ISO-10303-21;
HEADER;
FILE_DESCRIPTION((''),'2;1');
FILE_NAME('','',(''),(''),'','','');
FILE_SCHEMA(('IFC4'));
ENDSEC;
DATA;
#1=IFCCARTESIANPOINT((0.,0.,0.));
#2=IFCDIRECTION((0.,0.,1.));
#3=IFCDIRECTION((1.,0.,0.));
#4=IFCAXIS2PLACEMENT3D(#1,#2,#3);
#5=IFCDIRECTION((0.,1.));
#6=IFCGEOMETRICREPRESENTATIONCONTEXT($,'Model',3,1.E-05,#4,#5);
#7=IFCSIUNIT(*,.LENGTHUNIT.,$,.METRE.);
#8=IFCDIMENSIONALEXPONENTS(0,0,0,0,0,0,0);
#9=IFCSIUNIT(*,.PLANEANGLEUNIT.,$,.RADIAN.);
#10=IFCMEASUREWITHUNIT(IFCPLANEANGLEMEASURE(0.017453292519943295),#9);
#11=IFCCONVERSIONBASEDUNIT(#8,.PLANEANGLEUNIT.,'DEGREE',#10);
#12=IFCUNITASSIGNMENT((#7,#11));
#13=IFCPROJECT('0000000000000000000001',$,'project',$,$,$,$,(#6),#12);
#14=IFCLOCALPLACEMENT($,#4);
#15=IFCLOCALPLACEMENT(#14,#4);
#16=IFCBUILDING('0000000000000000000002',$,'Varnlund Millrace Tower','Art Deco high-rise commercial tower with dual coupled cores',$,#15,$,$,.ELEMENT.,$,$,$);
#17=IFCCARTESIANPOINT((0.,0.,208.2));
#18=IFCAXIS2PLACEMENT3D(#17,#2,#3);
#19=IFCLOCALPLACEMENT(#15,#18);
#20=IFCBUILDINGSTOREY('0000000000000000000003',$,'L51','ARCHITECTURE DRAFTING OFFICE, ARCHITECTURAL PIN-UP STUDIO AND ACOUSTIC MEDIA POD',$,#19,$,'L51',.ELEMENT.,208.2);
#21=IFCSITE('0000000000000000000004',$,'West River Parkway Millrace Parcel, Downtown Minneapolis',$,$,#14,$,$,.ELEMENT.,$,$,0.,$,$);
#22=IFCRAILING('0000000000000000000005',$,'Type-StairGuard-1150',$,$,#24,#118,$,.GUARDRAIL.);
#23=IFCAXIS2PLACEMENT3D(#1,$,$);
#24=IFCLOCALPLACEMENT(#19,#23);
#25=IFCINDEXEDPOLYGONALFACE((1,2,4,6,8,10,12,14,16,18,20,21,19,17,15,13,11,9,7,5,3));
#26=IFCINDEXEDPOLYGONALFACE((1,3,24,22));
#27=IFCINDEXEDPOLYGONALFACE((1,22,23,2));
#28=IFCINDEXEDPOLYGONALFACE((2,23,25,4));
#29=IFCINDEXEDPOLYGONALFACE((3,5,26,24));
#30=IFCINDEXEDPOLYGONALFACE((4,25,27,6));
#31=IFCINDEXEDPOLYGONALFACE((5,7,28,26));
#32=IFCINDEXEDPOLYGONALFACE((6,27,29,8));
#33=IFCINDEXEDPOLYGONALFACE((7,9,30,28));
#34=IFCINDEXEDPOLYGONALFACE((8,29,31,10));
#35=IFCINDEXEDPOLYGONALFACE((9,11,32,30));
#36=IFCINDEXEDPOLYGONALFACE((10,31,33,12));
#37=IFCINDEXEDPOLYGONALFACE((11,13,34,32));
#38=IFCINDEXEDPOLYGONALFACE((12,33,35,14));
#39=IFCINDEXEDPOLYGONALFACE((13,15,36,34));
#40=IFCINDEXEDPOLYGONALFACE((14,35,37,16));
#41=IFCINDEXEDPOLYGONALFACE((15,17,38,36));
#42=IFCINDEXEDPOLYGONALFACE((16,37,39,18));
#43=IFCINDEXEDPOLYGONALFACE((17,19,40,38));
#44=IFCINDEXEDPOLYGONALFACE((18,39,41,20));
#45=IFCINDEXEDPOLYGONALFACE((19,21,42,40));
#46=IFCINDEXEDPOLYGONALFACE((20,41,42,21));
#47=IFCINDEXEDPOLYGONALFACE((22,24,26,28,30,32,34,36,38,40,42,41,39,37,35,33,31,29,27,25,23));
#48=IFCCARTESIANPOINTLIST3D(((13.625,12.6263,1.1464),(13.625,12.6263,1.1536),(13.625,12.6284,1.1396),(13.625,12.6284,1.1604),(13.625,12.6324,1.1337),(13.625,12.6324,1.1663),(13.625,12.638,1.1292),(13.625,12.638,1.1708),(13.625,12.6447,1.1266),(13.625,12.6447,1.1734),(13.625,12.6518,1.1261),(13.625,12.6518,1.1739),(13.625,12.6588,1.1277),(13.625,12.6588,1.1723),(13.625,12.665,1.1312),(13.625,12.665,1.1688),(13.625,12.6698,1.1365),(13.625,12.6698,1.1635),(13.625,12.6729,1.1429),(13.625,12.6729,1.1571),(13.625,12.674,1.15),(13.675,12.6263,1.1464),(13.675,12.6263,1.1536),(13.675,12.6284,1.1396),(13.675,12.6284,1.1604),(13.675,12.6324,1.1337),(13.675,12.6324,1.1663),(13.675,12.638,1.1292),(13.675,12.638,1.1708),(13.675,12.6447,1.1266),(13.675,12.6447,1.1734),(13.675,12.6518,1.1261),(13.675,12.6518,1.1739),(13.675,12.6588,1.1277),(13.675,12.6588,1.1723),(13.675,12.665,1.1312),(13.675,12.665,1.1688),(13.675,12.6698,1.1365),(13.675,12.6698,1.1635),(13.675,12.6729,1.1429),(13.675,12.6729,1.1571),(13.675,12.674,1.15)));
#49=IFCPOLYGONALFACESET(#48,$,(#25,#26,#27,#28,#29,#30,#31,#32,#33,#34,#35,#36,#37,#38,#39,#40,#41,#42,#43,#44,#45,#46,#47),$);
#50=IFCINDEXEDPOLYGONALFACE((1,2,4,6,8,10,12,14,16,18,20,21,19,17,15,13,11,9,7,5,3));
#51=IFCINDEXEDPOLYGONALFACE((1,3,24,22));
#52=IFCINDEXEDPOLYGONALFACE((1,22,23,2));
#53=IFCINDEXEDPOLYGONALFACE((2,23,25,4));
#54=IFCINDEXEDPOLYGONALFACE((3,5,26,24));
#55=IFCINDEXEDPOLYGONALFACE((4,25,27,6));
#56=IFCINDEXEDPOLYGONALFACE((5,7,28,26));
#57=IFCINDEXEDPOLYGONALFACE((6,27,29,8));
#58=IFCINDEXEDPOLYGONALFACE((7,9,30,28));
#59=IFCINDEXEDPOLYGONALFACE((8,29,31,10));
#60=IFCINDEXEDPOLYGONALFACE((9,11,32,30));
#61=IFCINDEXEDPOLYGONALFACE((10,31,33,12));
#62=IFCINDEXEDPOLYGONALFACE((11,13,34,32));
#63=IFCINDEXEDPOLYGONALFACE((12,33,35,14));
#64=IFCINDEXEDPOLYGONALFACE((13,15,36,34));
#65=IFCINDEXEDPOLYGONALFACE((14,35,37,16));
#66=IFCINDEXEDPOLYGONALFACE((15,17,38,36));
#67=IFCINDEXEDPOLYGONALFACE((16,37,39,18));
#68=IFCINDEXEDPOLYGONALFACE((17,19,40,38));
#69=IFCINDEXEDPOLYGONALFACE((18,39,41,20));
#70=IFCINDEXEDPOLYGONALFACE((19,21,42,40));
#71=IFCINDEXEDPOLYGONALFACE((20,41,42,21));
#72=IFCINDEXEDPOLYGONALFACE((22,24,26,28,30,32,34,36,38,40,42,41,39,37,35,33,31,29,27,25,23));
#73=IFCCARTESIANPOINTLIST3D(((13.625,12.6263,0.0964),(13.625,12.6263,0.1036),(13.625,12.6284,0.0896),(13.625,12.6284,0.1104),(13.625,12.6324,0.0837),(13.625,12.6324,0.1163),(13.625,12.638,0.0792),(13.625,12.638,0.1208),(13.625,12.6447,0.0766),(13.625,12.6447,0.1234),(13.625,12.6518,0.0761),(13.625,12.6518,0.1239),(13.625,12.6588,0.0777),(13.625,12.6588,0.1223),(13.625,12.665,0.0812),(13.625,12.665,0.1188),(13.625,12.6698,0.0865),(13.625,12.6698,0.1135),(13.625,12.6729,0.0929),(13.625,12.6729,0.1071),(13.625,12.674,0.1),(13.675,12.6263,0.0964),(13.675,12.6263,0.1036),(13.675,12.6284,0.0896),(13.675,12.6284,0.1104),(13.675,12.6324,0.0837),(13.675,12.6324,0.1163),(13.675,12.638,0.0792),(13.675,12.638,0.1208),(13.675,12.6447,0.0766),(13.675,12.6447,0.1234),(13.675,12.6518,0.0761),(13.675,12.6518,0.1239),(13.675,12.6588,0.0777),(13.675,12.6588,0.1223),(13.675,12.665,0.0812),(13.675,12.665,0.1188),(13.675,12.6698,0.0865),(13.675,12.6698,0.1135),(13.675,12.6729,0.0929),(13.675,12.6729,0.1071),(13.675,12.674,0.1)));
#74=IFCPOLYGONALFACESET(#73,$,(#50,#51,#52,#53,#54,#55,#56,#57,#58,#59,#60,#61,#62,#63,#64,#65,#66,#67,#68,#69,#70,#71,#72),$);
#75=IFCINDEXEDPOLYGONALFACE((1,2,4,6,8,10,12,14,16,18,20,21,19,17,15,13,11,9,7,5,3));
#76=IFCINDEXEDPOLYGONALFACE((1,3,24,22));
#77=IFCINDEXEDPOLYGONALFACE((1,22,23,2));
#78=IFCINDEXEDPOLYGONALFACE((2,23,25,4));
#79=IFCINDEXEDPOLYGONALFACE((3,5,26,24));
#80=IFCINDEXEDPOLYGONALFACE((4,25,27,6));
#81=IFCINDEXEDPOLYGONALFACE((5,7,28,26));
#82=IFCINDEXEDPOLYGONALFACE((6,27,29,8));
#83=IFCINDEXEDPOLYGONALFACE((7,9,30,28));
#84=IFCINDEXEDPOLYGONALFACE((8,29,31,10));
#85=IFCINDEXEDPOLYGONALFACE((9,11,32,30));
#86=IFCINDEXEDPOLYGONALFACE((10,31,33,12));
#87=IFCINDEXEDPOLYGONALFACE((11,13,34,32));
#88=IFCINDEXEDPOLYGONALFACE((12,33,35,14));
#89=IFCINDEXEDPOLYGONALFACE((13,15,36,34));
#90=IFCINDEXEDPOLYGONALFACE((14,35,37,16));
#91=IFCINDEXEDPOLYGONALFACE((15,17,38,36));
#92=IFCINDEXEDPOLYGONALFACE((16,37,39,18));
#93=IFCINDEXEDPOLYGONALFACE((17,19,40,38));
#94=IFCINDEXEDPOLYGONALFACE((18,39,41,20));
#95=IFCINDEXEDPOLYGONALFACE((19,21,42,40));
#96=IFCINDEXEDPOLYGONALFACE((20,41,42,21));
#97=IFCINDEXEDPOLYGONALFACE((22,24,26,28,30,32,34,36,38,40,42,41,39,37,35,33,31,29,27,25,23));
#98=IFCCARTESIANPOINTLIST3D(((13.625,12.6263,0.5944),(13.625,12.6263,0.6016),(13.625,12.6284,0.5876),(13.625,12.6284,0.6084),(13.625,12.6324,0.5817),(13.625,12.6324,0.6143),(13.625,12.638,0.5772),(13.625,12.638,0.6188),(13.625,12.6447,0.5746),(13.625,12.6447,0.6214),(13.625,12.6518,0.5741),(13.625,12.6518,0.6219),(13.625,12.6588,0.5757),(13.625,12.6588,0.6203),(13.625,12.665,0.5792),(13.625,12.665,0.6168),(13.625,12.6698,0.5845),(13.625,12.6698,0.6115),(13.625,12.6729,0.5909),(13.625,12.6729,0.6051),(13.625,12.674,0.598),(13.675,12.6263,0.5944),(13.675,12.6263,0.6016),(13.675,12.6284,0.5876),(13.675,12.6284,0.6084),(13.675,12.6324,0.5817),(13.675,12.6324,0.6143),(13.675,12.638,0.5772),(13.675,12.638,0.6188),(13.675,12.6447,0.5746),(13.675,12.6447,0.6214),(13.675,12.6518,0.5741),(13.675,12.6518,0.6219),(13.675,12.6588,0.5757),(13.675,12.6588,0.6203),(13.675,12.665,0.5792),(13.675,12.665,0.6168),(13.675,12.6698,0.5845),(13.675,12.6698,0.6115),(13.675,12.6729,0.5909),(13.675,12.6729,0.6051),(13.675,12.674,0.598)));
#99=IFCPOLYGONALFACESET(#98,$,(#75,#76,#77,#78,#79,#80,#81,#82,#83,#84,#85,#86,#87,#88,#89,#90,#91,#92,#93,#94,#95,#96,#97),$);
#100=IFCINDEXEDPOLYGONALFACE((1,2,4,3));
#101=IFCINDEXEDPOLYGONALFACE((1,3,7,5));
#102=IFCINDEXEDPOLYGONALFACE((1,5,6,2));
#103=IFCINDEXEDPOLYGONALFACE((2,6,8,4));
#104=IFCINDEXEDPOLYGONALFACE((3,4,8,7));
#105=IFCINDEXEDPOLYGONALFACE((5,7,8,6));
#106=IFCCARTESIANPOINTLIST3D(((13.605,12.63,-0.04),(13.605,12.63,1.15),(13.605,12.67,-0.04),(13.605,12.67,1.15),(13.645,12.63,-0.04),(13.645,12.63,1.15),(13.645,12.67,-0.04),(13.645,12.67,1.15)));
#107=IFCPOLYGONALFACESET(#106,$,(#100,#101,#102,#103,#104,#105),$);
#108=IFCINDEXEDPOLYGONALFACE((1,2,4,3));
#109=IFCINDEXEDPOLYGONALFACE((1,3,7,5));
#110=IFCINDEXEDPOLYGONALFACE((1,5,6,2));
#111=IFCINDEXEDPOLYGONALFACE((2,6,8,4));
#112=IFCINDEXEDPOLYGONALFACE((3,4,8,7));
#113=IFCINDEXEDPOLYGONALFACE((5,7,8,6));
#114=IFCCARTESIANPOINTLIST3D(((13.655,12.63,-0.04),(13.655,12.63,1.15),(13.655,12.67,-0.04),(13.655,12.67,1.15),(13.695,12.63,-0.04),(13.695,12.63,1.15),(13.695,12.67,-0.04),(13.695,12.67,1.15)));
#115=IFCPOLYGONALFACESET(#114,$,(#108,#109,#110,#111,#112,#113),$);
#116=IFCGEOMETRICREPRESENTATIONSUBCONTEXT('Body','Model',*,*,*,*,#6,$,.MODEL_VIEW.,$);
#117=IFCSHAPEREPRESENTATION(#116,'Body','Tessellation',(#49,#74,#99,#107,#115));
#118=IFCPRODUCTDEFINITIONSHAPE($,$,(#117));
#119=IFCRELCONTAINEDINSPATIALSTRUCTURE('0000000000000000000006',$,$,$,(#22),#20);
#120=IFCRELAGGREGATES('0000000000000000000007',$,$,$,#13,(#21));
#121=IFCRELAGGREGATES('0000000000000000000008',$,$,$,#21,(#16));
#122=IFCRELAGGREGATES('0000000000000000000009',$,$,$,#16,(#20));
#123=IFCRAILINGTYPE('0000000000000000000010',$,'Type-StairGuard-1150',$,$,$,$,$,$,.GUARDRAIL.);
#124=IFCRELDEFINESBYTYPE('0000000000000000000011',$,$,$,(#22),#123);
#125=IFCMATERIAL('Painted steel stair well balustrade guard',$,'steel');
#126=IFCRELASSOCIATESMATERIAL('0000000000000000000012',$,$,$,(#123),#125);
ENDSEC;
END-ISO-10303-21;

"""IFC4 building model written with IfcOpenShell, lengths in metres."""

from ifc_helpers import new_model, entity, si_unit, converted_unit, direction, frame, origin_with_axes, origin_2d_with_axis, place, context, subcontext, project, spatial, rectangle, circle, extrude, material, type_object, element, save


model = new_model("IFC4")

# Units and contexts
model_context = context("Model", 3, precision=1e-05, world=origin_with_axes(), true_north=direction((0.0, 1.0)))
body_context = subcontext(model_context, "Body", "Model", "MODEL_VIEW")
ifc_project = project(units=[si_unit("LENGTHUNIT", "METRE"), converted_unit("PLANEANGLEUNIT", "DEGREE", entity("IfcPlaneAngleMeasure", 0.017453292519943295), si_unit("PLANEANGLEUNIT", "RADIAN"), dimensions=[0, 0, 0, 0, 0, 0, 0])], contexts=[model_context])

# Site, building, storey
site_placement = place(None, origin_with_axes())
site = spatial("IfcSite", under=ifc_project, at=site_placement, Name="West River Parkway Millrace Parcel, Downtown Minneapolis", CompositionType="ELEMENT", RefElevation=0.0)
building_placement = place(site_placement, origin_with_axes())
building = spatial("IfcBuilding", under=site, at=building_placement, Name="Varnlund Millrace Tower", Description="Art Deco high-rise commercial tower with dual coupled cores", CompositionType="ELEMENT")
storey_placement = place(building_placement, frame((0.0, 0.0, 208.2), z_axis=(0.0, 0.0, 1.0), x_axis=(1.0, 0.0, 0.0)))
storey = spatial("IfcBuildingStorey", under=building, at=storey_placement, Name="L51", Description="ARCHITECTURE DRAFTING OFFICE, ARCHITECTURAL PIN-UP STUDIO AND ACOUSTIC MEDIA POD", LongName="L51", CompositionType="ELEMENT", Elevation=208.2)

# Railing
ifc_material_1 = material(Name="Painted steel stair well balustrade guard", Category="steel")
railing_type_1 = type_object("IfcRailingType", Name="Type-StairGuard-1150", PredefinedType="GUARDRAIL", material=ifc_material_1)
railing_1_placement = place(storey_placement, frame((0.0, 0.0, -208.2), z_axis=(0.0, 0.0, 1.0), x_axis=(1.0, 0.0, 0.0)))
element("IfcRailing", 1, at=railing_1_placement, inside=storey, type_object=railing_type_1, Name="Type-StairGuard-1150", PredefinedType="GUARDRAIL", context=body_context, shape_type="SweptSolid", body=[
    extrude(circle(Radius=0.024, at=origin_2d_with_axis()), frame((13.625, 12.65, 209.35), z_axis=(1.0, 0.0, 0.0), x_axis=(0.0, 1.0, 0.0)), (0.0, 0.0, 1.0), 0.05),
    extrude(circle(Radius=0.024, at=origin_2d_with_axis()), frame((13.625, 12.65, 208.3), z_axis=(1.0, 0.0, 0.0), x_axis=(0.0, 1.0, 0.0)), (0.0, 0.0, 1.0), 0.05),
    extrude(circle(Radius=0.024, at=origin_2d_with_axis()), frame((13.625, 12.65, 208.798), z_axis=(1.0, 0.0, 0.0), x_axis=(0.0, 1.0, 0.0)), (0.0, 0.0, 1.0), 0.05),
    extrude(rectangle(XDim=0.04, YDim=0.04, at=origin_2d_with_axis()), frame((13.625, 12.65, 208.16), z_axis=(0.0, 0.0, 1.0), x_axis=(1.0, 0.0, 0.0)), (0.0, 0.0, 1.0), 1.19),
    extrude(rectangle(XDim=0.04, YDim=0.04, at=origin_2d_with_axis()), frame((13.675, 12.65, 208.16), z_axis=(0.0, 0.0, 1.0), x_axis=(1.0, 0.0, 0.0)), (0.0, 0.0, 1.0), 1.19),
])

save(model, "model.ifc")
